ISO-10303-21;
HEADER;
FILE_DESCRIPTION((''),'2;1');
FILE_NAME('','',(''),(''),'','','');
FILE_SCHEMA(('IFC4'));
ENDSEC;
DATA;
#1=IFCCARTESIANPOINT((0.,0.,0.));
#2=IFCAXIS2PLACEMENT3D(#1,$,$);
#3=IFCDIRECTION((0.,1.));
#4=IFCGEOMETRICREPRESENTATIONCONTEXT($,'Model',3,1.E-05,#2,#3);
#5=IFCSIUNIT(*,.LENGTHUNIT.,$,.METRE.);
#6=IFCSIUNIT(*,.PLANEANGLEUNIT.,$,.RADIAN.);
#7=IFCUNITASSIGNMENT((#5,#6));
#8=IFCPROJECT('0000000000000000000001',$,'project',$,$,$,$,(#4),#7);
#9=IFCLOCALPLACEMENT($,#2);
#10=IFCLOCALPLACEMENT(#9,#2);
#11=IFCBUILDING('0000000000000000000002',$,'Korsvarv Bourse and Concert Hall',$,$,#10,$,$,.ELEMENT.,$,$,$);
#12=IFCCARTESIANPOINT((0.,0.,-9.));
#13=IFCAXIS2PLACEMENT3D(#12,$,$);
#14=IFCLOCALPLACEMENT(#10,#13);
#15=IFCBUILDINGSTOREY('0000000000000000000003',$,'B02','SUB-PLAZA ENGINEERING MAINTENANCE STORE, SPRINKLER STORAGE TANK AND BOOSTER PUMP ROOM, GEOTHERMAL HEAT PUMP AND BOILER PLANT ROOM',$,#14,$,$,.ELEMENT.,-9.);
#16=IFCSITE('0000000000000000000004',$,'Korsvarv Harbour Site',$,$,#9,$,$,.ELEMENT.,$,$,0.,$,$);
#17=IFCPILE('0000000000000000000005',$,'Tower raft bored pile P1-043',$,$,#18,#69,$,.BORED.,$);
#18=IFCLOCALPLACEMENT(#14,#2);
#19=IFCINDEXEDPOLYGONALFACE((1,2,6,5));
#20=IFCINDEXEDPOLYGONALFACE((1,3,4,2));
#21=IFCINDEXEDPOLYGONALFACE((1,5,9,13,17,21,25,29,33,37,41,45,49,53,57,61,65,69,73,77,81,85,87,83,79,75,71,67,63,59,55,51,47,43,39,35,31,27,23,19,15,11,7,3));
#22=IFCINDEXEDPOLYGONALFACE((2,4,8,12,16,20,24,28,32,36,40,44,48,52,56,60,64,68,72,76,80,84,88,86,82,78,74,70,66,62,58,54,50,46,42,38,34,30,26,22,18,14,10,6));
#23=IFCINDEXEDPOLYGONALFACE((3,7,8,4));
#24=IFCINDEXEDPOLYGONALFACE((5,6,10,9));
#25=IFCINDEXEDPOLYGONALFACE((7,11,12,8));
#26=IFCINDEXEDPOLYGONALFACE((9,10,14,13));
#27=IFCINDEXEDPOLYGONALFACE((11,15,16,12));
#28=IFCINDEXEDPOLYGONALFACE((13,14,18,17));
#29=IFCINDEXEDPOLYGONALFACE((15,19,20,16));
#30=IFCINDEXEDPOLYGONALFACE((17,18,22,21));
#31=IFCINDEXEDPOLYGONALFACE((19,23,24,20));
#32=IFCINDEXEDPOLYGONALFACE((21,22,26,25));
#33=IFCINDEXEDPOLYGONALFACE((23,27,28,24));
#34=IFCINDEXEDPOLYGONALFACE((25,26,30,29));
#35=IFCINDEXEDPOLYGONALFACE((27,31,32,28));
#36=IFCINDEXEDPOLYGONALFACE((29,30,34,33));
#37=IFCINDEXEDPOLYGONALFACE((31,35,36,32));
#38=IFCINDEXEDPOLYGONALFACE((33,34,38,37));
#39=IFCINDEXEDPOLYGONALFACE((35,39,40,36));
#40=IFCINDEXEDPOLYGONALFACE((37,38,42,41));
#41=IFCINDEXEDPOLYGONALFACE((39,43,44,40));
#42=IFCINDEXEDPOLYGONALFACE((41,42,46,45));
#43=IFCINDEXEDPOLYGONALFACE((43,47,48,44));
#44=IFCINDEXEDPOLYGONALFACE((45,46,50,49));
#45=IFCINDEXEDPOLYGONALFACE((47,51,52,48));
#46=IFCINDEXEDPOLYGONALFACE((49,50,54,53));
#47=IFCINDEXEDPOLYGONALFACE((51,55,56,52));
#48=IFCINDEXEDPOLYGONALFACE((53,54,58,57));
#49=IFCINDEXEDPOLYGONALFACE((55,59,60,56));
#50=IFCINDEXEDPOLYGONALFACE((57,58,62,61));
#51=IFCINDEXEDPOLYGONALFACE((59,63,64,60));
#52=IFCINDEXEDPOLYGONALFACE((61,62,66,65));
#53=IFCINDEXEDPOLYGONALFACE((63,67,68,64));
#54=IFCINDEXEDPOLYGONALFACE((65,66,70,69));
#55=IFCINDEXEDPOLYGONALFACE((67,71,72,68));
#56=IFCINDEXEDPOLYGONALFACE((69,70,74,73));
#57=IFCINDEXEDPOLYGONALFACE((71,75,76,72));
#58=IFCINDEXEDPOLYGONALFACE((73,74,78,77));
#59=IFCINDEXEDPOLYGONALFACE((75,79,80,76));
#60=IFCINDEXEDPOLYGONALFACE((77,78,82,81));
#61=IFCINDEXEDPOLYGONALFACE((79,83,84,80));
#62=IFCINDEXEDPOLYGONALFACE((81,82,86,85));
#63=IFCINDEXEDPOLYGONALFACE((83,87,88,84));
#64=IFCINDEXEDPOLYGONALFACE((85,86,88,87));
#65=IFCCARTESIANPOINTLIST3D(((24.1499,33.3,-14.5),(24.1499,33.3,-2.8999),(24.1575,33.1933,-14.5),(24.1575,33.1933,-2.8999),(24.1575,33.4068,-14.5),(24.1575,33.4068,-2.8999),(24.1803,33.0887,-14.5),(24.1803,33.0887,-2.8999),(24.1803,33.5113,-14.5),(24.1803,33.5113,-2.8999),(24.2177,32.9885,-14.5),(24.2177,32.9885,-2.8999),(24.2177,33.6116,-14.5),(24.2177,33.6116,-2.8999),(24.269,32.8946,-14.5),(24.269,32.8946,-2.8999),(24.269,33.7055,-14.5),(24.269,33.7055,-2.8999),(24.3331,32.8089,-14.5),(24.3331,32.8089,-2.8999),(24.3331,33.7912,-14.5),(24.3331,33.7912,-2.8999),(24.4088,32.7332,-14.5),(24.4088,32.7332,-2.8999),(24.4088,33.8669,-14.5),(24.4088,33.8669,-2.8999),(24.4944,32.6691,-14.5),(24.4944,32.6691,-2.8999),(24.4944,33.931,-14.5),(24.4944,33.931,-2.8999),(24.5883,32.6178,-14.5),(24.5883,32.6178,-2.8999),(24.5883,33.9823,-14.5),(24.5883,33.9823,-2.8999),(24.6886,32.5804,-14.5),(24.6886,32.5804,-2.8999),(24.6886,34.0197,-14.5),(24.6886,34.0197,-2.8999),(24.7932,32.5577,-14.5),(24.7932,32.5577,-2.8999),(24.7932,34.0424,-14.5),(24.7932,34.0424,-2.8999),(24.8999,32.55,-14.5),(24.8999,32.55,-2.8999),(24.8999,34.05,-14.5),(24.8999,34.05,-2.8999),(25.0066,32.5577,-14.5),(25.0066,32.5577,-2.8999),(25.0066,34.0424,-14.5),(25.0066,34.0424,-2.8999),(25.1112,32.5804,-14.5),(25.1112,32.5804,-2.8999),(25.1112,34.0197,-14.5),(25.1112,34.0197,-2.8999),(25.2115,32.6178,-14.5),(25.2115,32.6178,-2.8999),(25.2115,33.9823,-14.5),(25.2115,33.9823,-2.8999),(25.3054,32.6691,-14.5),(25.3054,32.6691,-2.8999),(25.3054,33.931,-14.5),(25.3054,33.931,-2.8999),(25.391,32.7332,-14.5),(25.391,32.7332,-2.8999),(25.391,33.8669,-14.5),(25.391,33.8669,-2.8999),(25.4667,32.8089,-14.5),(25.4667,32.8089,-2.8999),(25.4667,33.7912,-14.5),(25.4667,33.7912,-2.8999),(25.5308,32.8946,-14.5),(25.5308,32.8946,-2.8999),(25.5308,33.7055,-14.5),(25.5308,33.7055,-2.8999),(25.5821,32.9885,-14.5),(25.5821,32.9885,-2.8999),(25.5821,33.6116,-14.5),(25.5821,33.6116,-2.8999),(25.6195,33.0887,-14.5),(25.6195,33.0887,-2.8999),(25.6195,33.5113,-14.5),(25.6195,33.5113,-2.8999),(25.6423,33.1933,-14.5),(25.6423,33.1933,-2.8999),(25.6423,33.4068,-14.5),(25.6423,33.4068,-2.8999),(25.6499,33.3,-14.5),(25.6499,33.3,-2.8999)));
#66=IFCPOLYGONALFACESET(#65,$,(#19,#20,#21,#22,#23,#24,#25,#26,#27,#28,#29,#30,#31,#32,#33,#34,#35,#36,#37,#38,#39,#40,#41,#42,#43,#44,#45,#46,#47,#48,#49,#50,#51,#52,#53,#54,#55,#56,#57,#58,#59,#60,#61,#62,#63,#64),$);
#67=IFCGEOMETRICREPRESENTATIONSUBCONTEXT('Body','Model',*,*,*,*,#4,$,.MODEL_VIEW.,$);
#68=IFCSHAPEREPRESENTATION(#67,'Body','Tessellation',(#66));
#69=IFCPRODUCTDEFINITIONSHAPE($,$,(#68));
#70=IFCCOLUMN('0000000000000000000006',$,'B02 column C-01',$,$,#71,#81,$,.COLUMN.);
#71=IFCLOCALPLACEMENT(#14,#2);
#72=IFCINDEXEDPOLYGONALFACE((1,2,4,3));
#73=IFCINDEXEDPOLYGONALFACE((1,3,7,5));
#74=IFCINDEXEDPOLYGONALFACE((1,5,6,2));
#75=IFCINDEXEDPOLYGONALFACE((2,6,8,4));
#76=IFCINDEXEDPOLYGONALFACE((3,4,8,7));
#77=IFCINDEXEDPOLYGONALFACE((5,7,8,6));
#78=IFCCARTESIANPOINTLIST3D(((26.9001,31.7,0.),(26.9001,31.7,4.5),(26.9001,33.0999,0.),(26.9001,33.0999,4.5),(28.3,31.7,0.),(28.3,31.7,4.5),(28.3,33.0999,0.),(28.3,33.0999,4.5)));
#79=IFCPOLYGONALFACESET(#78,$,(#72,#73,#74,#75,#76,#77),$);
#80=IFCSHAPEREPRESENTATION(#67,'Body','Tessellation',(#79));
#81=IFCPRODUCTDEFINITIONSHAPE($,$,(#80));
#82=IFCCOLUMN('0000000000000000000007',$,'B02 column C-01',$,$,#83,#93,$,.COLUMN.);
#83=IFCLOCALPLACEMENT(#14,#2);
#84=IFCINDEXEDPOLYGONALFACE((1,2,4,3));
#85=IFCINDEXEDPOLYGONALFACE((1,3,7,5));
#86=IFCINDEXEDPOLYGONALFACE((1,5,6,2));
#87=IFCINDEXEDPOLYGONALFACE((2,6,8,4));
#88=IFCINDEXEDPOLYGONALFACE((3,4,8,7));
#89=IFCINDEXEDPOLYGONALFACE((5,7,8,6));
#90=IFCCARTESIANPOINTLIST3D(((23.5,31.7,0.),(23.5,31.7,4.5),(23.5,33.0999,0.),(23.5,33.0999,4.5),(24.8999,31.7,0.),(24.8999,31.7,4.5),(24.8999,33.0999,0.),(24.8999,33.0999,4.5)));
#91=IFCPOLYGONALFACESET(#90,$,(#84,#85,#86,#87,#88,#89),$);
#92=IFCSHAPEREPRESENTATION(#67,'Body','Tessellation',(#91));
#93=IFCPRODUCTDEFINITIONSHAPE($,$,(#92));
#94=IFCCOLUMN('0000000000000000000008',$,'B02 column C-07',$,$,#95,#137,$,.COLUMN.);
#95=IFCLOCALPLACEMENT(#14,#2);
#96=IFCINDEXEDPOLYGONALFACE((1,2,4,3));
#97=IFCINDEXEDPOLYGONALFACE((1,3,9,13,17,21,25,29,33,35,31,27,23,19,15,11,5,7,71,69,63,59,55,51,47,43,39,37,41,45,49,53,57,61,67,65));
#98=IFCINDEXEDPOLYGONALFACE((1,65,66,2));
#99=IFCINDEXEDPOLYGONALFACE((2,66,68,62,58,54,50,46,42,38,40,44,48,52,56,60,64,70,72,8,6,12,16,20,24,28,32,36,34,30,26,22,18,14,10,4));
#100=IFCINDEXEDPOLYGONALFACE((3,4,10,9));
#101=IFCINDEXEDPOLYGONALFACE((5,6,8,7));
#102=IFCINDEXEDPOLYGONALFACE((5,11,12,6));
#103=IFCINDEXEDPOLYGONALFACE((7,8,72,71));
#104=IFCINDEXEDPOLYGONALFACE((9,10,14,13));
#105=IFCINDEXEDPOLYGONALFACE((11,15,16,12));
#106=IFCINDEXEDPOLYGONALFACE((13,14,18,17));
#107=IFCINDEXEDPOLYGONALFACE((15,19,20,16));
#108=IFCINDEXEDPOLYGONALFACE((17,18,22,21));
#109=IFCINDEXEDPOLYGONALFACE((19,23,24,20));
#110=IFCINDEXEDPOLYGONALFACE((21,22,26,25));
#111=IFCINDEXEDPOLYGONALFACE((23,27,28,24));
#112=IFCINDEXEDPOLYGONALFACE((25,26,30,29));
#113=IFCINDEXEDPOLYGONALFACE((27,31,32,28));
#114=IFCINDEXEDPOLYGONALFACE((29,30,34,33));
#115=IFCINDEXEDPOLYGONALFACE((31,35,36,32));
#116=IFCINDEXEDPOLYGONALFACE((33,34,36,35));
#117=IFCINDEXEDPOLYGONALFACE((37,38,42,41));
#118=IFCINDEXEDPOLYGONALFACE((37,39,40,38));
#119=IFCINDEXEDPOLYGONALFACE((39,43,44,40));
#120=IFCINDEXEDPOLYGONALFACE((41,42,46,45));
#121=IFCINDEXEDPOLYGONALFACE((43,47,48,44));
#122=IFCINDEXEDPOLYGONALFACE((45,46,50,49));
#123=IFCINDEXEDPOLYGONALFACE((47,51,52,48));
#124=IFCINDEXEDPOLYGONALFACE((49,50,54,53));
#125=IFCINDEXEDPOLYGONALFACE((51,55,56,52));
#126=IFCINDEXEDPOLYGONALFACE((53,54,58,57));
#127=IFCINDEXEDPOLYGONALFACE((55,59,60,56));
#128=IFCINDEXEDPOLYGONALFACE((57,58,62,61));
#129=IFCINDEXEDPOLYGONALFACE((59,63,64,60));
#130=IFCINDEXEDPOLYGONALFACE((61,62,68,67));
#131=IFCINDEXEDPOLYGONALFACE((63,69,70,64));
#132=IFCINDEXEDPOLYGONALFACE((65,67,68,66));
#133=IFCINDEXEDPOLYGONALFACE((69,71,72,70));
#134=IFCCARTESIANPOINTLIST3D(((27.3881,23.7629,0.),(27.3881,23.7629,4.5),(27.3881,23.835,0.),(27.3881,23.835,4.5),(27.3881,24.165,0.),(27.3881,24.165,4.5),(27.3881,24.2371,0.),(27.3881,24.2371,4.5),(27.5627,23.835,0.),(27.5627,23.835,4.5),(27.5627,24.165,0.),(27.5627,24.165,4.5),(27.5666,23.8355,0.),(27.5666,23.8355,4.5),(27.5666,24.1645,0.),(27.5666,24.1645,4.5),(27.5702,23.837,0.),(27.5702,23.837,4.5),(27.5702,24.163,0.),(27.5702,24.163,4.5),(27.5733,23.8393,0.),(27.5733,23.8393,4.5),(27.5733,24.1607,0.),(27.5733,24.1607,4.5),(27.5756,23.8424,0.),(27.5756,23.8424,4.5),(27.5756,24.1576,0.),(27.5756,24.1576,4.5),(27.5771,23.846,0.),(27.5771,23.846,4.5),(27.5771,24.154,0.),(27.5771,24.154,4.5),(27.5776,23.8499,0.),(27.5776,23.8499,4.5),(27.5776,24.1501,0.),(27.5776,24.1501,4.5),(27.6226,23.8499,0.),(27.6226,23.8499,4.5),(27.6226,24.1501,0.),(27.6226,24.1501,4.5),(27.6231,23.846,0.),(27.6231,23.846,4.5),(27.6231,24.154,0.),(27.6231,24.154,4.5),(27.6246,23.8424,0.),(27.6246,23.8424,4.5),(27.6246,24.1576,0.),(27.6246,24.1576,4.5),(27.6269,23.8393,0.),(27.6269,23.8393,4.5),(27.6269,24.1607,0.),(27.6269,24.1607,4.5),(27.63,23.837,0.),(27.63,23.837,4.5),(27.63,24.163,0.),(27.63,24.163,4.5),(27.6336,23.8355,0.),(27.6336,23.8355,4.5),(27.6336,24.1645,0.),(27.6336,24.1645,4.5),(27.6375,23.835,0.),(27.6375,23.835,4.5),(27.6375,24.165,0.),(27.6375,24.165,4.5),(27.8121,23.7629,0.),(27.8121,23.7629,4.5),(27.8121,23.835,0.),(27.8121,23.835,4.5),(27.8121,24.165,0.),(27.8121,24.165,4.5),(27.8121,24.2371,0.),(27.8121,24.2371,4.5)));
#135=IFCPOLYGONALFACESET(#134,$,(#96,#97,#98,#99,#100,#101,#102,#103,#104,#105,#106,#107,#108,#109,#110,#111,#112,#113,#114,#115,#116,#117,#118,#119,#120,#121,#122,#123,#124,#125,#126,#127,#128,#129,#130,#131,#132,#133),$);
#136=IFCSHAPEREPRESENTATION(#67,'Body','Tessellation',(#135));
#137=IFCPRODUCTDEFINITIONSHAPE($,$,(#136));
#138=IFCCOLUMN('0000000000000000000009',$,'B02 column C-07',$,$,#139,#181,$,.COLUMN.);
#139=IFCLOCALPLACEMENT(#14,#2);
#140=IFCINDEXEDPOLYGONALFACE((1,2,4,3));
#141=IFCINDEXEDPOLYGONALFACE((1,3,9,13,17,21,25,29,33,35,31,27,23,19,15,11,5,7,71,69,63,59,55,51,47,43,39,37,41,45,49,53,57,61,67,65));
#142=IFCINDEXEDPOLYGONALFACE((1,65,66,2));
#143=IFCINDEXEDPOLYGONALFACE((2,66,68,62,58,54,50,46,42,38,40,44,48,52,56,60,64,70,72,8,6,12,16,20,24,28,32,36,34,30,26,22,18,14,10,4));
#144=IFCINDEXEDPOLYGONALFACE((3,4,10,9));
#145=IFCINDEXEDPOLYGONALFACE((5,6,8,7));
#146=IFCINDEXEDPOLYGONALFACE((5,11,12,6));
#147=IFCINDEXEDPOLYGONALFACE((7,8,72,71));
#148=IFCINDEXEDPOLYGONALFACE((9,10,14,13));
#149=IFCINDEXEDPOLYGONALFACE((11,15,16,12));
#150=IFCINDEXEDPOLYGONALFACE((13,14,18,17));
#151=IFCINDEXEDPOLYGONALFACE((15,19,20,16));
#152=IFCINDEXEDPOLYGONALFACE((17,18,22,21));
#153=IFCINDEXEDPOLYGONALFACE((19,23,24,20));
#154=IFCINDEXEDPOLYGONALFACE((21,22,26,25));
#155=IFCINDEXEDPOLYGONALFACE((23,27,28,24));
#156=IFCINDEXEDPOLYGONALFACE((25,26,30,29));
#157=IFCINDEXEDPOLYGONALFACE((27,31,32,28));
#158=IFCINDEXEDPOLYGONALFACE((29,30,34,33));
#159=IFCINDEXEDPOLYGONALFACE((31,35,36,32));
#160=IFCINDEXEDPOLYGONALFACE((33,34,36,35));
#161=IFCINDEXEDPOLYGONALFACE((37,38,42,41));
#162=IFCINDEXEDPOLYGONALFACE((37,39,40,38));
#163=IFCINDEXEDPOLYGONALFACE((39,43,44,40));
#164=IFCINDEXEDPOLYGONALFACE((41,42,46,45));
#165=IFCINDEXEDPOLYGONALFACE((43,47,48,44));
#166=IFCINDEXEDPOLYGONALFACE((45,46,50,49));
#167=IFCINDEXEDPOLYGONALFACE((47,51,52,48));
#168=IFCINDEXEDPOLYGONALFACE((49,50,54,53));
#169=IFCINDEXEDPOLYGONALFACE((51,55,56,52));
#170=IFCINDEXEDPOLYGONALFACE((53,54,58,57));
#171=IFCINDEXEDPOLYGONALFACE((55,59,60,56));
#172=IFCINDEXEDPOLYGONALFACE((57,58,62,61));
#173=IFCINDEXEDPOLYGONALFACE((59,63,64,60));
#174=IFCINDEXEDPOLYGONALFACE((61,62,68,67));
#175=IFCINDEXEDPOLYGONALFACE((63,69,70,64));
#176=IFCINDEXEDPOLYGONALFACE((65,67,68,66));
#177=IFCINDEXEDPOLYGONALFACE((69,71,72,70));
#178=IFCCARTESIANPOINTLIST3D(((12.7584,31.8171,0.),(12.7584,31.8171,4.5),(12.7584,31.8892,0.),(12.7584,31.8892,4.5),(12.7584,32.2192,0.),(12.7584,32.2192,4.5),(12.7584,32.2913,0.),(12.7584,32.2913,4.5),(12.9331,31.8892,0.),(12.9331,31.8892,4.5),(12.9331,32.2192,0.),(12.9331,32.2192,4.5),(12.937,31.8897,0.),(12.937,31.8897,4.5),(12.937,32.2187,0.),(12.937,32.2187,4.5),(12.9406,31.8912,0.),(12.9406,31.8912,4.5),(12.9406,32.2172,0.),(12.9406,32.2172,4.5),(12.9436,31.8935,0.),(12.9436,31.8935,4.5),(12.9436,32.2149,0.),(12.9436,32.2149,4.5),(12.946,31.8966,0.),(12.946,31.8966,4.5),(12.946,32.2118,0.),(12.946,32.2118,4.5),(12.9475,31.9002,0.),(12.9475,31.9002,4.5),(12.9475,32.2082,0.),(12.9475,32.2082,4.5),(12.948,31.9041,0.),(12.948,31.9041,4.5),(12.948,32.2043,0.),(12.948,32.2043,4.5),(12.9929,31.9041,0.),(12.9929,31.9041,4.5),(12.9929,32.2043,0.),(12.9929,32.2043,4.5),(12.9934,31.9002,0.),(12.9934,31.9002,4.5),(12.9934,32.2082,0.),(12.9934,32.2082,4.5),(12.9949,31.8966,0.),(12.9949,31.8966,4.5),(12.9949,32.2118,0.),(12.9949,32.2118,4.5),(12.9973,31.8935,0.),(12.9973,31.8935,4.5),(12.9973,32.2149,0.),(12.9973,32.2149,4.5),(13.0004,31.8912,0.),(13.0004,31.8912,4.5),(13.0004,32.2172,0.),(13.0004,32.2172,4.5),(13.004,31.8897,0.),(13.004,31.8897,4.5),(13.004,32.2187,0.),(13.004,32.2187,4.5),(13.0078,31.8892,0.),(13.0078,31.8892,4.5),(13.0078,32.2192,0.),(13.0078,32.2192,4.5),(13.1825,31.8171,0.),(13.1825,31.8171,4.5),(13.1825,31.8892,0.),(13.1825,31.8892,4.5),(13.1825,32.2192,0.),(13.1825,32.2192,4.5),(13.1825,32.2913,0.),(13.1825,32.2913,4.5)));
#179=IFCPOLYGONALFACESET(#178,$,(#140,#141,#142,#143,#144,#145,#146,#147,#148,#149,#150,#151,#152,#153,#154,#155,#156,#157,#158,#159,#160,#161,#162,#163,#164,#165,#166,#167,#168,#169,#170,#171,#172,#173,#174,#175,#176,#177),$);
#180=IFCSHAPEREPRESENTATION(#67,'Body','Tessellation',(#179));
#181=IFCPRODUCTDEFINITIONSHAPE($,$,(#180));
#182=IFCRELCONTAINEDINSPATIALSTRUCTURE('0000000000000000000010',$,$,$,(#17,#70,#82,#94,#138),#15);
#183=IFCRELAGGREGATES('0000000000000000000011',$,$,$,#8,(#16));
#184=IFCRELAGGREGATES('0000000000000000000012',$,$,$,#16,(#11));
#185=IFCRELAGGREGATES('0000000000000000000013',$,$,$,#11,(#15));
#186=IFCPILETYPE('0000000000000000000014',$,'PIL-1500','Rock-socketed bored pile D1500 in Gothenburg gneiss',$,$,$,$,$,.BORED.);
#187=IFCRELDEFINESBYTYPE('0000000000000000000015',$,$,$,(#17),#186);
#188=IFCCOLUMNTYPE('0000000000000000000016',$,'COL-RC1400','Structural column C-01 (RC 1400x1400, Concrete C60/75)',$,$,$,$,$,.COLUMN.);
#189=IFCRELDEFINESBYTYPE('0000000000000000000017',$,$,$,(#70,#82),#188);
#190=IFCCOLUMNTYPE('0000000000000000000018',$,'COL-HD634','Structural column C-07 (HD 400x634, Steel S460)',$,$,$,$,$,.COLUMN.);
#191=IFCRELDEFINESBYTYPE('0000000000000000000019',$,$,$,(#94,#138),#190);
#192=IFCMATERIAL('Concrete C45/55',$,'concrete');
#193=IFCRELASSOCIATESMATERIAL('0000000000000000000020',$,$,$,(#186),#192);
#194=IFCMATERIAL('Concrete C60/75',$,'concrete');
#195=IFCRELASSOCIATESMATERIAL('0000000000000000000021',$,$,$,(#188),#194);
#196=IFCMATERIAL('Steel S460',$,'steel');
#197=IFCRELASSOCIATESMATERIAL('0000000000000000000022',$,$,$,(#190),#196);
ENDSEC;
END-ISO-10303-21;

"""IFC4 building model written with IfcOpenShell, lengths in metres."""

from ifc_helpers import new_model, si_unit, direction, frame, origin, origin_2d, place, context, subcontext, project, spatial, rectangle, circle, i_section, extrude, source, transform, mapped, material, material_profile, profile_set, type_object, element, save


model = new_model("IFC4")

# Units and contexts
model_context = context("Model", 3, precision=1e-05, world=origin(), true_north=direction((0.0, 1.0)))
body_context = subcontext(model_context, "Body", "Model", "MODEL_VIEW")
ifc_project = project(units=[si_unit("LENGTHUNIT", "METRE"), si_unit("PLANEANGLEUNIT", "RADIAN")], contexts=[model_context])

# Site, building, storey
site_placement = place(None, origin())
site = spatial("IfcSite", under=ifc_project, at=site_placement, Name="Korsvarv Harbour Site", CompositionType="ELEMENT", RefElevation=0.0)
building_placement = place(site_placement, origin())
building = spatial("IfcBuilding", under=site, at=building_placement, Name="Korsvarv Bourse and Concert Hall", CompositionType="ELEMENT")
storey_placement = place(building_placement, frame((0.0, 0.0, -9.0)))
storey = spatial("IfcBuildingStorey", under=building, at=storey_placement, Name="B02", Description="SUB-PLAZA ENGINEERING MAINTENANCE STORE, SPRINKLER STORAGE TANK AND BOOSTER PUMP ROOM, GEOTHERMAL HEAT PUMP AND BOILER PLANT ROOM", CompositionType="ELEMENT", Elevation=-9.0)

# Pile
ifc_material_1 = material(Name="Concrete C45/55", Category="concrete")
ifc_material_profile_1 = material_profile(ifc_material_1, circle(Radius=0.75, at=origin_2d()), Name="PILE D1500")
ifc_profile_set_1 = profile_set([ifc_material_profile_1], Name="Concrete C45/55")
pile_type = type_object("IfcPileType", Name="PIL-1500", Description="Rock-socketed bored pile D1500 in Gothenburg gneiss", PredefinedType="BORED", material=ifc_profile_set_1)
shared_shape_1 = source(origin(), body_context, "Body", "SweptSolid", [
    extrude(circle(Radius=0.75, at=origin_2d()), origin(), (0.0, 0.0, 1.0), 11.6001),
])
for number, where, z_axis, x_axis, name in (
    (1, (24.8999, 33.3, -2.8999), (0.0, 0.0, -1.0), (1.0, 0.0, 0.0), "Tower raft bored pile P1-043"),
):
    element("IfcPile", number, at=place(storey_placement, frame(where, z_axis=z_axis, x_axis=x_axis)), inside=storey, type_object=pile_type, Name=name, PredefinedType="BORED", context=body_context, shape_type="MappedRepresentation", body=[
        mapped(shared_shape_1, transform((0.0, 0.0, 0.0), scale=1.0)),
    ])

# Columns
ifc_material_2 = material(Name="Concrete C60/75", Category="concrete")
ifc_material_profile_2 = material_profile(ifc_material_2, rectangle(XDim=1.3999, YDim=1.3999, at=origin_2d()), Name="RC 1400x1400")
ifc_profile_set_2 = profile_set([ifc_material_profile_2], Name="Concrete C60/75")
column_type_1 = type_object("IfcColumnType", Name="COL-RC1400", Description="Structural column C-01 (RC 1400x1400, Concrete C60/75)", PredefinedType="COLUMN", material=ifc_profile_set_2)
shared_shape_2 = source(origin(), body_context, "Body", "SweptSolid", [
    extrude(rectangle(XDim=1.3999, YDim=1.3999, at=origin_2d()), origin(), (0.0, 0.0, 1.0), 4.5),
])
for number, where, z_axis, x_axis, name in (
    (2, (27.6001, 32.3999, 0.0), (0.0, 0.0, 1.0), (1.0, 0.0, 0.0), "B02 column C-01"),
    (3, (24.2, 32.3999, 0.0), (0.0, 0.0, 1.0), (1.0, 0.0, 0.0), "B02 column C-01"),
):
    element("IfcColumn", number, at=place(storey_placement, frame(where, z_axis=z_axis, x_axis=x_axis)), inside=storey, type_object=column_type_1, Name=name, PredefinedType="COLUMN", context=body_context, shape_type="MappedRepresentation", body=[
        mapped(shared_shape_2, transform((0.0, 0.0, 0.0), scale=1.0)),
    ])
ifc_material_3 = material(Name="Steel S460", Category="steel")
ifc_material_profile_3 = material_profile(ifc_material_3, i_section(OverallWidth=0.4241, OverallDepth=0.4741, WebThickness=0.0449, FlangeThickness=0.072, FilletRadius=0.0149, at=origin_2d()), Name="HD 400x634")
ifc_profile_set_3 = profile_set([ifc_material_profile_3], Name="Steel S460")
column_type_2 = type_object("IfcColumnType", Name="COL-HD634", Description="Structural column C-07 (HD 400x634, Steel S460)", PredefinedType="COLUMN", material=ifc_profile_set_3)
shared_shape_3 = source(origin(), body_context, "Body", "SweptSolid", [
    extrude(i_section(OverallWidth=0.4241, OverallDepth=0.4741, WebThickness=0.0449, FlangeThickness=0.072, FilletRadius=0.0149, at=origin_2d()), origin(), (0.0, 0.0, 1.0), 4.5),
])
for number, where, z_axis, x_axis, name in (
    (4, (27.6001, 24.0, 0.0), (0.0, 0.0, 1.0), (1.0, 0.0, 0.0), "B02 column C-07"),
    (5, (12.9705, 32.0542, 0.0), (0.0, 0.0, 1.0), (1.0, 0.0, 0.0), "B02 column C-07"),
):
    element("IfcColumn", number, at=place(storey_placement, frame(where, z_axis=z_axis, x_axis=x_axis)), inside=storey, type_object=column_type_2, Name=name, PredefinedType="COLUMN", context=body_context, shape_type="MappedRepresentation", body=[
        mapped(shared_shape_3, transform((0.0, 0.0, 0.0), scale=1.0)),
    ])

save(model, "model.ifc")
